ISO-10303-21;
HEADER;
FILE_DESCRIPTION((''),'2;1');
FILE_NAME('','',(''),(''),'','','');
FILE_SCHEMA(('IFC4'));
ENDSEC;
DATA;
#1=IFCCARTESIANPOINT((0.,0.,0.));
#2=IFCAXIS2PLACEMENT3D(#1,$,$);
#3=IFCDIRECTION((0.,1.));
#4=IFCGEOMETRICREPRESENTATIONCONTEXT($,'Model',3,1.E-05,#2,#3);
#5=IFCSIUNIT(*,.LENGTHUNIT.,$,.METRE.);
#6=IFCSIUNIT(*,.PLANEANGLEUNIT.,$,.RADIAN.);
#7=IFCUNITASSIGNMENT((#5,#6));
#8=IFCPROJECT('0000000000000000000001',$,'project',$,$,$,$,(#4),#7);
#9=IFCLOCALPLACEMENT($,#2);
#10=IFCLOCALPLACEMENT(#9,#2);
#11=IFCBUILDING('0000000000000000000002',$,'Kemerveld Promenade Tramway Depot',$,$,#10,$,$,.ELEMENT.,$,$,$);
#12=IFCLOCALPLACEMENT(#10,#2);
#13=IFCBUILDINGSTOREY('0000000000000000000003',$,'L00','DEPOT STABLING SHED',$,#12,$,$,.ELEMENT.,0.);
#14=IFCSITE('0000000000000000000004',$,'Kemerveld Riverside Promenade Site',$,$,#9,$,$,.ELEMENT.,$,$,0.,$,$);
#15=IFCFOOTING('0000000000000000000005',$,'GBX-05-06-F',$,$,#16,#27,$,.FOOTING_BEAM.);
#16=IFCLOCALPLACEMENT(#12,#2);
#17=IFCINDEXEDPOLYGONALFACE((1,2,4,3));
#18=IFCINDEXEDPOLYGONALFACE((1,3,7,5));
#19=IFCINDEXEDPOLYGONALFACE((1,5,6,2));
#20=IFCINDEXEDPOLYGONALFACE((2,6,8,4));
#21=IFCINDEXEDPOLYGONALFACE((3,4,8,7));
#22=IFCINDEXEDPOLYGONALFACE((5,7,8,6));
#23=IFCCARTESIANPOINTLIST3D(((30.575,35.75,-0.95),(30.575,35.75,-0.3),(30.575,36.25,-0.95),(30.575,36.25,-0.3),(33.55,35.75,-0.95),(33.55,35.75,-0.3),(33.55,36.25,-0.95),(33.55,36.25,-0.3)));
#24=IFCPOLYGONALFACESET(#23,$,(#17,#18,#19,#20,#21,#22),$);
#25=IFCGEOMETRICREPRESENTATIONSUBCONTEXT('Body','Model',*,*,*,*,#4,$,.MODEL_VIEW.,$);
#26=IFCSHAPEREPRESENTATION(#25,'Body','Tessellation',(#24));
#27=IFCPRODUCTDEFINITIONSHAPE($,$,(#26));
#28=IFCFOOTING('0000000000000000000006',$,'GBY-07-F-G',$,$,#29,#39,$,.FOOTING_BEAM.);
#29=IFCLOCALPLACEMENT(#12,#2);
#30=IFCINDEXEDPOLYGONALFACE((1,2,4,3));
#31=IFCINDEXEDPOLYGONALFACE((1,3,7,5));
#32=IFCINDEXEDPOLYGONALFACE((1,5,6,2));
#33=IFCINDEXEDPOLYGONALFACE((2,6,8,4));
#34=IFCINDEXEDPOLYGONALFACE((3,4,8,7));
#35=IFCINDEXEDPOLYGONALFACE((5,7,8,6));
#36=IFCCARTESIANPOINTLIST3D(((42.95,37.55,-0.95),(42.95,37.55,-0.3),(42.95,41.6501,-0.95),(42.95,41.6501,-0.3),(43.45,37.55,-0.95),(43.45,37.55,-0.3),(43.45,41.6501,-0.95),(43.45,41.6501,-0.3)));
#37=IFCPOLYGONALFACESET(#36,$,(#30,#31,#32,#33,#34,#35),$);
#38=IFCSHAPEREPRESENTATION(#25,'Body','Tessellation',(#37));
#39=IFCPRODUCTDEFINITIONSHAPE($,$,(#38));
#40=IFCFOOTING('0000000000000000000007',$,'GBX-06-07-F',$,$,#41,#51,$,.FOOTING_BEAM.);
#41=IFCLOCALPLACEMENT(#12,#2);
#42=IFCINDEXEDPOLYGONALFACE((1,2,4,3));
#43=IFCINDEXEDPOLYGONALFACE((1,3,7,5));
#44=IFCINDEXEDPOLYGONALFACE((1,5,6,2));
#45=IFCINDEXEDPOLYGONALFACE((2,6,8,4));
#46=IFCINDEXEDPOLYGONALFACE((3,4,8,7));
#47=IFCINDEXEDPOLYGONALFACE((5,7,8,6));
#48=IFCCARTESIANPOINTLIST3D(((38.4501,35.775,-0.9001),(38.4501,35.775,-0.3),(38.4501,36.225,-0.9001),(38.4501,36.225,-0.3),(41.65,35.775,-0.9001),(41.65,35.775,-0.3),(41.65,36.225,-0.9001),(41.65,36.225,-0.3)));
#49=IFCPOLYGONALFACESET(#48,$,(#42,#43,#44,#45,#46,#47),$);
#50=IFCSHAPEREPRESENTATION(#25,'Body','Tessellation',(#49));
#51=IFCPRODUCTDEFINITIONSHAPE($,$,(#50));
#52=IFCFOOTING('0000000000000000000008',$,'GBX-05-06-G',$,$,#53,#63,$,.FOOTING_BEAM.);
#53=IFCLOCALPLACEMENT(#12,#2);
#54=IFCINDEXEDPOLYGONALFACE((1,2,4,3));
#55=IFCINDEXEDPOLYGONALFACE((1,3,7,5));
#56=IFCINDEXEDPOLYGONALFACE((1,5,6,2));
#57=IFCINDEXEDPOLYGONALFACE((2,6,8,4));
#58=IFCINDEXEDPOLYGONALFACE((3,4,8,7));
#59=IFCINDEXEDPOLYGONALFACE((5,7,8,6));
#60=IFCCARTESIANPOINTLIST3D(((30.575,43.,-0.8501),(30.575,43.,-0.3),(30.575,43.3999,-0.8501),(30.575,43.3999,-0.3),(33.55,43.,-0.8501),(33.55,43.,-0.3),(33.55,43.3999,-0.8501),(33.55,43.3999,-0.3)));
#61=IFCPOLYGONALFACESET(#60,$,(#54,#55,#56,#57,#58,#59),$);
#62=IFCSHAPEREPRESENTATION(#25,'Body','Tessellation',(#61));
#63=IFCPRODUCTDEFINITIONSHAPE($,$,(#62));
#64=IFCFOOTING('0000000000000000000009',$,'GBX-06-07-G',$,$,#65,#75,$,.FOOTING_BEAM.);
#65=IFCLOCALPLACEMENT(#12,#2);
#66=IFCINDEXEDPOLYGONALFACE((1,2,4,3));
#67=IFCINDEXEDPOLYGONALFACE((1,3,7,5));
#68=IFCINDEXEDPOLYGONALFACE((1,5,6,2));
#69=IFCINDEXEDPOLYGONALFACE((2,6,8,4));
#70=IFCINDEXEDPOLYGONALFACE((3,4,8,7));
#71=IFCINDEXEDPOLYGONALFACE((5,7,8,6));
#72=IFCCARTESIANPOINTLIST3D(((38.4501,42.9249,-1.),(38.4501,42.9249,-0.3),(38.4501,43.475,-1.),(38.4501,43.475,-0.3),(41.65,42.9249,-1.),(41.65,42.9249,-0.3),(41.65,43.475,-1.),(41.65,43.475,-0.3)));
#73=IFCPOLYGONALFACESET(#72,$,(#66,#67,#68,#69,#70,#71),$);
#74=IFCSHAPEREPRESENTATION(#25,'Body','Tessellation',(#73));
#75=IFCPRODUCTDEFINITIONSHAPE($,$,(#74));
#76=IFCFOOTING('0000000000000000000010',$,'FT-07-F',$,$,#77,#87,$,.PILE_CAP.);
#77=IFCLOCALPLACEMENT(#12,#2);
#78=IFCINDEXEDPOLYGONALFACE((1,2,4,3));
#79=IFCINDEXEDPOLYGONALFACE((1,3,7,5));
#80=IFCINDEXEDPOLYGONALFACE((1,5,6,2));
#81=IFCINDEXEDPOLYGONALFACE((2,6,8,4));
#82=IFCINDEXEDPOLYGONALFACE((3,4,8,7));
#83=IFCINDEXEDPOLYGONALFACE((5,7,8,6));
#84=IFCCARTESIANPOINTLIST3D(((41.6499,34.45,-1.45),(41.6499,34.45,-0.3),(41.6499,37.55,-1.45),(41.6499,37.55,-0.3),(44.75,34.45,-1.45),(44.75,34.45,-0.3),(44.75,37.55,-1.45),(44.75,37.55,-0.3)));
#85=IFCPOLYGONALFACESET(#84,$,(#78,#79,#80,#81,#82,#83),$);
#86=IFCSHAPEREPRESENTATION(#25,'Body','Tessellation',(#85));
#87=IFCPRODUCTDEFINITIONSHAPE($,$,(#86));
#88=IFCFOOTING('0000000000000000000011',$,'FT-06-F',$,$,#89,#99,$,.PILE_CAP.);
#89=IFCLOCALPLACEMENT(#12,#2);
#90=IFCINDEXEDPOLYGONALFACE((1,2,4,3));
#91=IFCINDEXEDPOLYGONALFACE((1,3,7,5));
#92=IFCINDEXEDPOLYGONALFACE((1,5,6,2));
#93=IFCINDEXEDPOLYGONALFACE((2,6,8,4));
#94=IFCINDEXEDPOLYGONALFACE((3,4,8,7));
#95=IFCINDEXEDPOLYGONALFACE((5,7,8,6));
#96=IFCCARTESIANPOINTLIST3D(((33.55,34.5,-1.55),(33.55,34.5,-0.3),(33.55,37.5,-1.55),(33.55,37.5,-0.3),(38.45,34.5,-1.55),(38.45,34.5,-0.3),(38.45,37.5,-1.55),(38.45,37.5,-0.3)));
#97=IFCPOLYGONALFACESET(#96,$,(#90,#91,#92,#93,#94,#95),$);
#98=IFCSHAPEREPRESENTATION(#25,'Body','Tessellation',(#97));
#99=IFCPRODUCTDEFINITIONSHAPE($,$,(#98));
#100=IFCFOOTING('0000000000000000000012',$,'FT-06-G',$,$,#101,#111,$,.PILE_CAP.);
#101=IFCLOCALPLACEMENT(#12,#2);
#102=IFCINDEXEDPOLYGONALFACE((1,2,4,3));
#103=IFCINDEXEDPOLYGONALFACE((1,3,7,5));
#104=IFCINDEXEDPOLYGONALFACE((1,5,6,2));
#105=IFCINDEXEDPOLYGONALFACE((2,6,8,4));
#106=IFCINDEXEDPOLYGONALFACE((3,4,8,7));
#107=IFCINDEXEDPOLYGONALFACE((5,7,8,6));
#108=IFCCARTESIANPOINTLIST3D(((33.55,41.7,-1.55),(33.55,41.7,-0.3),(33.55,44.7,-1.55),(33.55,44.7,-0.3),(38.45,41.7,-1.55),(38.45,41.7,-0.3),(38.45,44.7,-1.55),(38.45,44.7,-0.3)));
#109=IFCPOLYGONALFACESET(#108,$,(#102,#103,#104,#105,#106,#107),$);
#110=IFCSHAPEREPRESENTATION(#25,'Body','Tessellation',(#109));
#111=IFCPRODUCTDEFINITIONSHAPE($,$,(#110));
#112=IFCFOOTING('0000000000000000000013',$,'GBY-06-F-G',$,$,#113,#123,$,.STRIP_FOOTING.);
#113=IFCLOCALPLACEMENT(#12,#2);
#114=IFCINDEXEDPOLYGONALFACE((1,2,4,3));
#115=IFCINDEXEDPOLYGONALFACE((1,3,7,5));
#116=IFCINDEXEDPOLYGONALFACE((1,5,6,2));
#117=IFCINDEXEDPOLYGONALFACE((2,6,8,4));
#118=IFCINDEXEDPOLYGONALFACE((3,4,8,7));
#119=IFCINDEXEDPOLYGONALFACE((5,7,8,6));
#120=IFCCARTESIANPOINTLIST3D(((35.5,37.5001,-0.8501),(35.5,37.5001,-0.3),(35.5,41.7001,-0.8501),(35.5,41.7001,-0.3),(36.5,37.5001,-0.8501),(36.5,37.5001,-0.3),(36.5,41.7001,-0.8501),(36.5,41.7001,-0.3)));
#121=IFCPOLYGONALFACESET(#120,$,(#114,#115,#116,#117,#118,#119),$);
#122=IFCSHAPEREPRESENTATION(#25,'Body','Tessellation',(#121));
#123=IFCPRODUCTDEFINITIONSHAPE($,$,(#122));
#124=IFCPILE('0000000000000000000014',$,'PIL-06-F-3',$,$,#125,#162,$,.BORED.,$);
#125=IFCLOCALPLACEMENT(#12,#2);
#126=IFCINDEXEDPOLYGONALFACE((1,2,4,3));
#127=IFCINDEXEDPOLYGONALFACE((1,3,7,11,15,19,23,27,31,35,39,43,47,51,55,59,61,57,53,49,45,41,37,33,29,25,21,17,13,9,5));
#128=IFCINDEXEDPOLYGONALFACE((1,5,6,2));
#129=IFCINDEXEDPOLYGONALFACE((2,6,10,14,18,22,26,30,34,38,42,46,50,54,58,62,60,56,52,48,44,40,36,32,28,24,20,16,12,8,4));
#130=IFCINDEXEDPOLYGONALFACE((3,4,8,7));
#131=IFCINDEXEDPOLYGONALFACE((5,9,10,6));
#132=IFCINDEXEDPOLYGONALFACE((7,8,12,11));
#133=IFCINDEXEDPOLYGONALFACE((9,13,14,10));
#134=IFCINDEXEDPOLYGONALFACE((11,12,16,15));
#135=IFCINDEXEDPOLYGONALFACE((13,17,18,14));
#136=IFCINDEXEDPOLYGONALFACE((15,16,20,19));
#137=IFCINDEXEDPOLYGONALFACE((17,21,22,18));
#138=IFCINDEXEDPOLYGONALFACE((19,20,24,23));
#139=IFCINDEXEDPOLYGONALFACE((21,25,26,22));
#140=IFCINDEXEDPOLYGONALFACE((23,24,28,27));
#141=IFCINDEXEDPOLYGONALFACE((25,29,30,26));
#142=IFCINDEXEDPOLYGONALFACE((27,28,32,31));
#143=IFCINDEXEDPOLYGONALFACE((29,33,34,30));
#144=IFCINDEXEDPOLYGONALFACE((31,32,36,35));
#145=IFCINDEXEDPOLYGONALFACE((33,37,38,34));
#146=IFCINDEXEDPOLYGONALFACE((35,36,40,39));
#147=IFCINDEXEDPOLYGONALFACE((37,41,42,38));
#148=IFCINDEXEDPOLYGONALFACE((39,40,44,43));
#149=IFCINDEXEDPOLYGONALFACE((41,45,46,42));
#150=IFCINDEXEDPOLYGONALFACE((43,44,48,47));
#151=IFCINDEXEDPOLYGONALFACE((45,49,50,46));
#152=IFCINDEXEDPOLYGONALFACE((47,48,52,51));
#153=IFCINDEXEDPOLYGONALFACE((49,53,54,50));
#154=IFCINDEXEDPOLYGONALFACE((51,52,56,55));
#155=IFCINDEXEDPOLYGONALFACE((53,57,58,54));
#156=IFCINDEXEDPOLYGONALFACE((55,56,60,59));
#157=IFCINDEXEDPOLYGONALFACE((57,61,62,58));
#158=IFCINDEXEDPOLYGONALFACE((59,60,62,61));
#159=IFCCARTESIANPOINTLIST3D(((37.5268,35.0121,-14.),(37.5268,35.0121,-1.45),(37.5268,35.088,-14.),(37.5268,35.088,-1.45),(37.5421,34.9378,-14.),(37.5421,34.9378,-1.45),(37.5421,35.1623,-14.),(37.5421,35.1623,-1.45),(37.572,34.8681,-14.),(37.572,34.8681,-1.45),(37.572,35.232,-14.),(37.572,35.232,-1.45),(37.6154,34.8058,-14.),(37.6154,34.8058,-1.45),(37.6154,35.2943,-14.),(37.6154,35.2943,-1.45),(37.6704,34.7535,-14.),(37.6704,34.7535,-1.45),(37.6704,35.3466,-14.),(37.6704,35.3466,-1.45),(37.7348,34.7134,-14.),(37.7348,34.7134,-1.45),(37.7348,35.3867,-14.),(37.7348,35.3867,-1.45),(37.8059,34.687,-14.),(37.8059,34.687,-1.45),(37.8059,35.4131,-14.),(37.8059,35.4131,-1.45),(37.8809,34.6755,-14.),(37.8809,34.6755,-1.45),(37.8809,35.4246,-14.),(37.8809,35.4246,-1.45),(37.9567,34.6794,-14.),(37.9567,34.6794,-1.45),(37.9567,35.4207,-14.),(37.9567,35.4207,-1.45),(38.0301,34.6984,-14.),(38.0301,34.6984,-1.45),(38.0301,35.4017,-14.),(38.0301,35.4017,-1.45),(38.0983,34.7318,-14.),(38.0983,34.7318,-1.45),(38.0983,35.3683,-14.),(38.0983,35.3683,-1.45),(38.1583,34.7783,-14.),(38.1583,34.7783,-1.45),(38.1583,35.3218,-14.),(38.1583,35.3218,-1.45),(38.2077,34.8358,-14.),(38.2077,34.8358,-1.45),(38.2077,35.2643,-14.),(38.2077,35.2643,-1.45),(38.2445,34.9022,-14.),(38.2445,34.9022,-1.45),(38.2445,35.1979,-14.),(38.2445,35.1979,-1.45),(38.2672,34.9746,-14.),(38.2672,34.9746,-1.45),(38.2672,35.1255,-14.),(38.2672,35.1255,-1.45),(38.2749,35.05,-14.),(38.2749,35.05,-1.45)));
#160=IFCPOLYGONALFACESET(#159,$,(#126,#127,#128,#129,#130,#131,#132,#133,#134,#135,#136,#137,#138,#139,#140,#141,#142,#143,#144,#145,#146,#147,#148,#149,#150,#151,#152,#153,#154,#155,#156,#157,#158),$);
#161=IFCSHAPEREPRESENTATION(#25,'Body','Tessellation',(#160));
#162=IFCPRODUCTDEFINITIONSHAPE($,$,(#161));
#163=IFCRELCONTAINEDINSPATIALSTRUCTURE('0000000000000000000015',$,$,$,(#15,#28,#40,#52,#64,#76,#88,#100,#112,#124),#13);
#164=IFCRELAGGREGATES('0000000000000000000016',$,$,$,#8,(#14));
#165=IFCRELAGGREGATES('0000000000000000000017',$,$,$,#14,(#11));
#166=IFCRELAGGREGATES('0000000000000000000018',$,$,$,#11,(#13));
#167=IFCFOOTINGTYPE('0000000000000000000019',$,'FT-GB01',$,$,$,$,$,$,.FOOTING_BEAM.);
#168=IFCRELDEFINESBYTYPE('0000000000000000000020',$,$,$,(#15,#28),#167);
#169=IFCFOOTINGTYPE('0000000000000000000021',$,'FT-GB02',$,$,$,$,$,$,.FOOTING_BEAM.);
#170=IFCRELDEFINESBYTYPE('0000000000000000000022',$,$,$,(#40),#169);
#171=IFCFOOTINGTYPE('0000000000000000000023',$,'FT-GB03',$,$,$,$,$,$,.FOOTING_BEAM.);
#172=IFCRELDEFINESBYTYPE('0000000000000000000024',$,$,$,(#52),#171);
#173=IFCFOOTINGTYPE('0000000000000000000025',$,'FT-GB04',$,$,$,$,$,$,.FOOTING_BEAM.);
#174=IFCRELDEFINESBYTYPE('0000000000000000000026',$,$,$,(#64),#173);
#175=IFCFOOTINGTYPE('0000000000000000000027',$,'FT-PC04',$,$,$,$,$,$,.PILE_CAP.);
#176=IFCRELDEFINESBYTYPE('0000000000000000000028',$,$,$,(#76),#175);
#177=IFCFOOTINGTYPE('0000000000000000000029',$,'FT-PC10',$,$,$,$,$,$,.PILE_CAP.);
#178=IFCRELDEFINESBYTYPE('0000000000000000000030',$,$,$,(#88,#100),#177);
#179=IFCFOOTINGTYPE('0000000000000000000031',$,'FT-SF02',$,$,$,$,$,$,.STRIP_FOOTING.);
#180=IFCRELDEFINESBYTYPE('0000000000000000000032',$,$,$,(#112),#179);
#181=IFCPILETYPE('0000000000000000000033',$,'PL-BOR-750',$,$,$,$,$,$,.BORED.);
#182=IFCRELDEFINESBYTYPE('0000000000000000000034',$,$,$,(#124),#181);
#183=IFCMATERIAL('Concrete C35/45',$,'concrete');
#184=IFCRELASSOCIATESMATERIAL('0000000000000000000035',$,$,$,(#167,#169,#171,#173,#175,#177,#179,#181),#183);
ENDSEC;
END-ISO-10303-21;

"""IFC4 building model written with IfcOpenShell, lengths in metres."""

from ifc_helpers import new_model, si_unit, direction, frame, origin, origin_2d, place, context, subcontext, project, spatial, rectangle, circle, extrude, material, material_profile, profile_set, type_object, element, save


model = new_model("IFC4")

# Units and contexts
model_context = context("Model", 3, precision=1e-05, world=origin(), true_north=direction((0.0, 1.0)))
body_context = subcontext(model_context, "Body", "Model", "MODEL_VIEW")
ifc_project = project(units=[si_unit("LENGTHUNIT", "METRE"), si_unit("PLANEANGLEUNIT", "RADIAN")], contexts=[model_context])

# Site, building, storey
site_placement = place(None, origin())
site = spatial("IfcSite", under=ifc_project, at=site_placement, Name="Kemerveld Riverside Promenade Site", CompositionType="ELEMENT", RefElevation=0.0)
building_placement = place(site_placement, origin())
building = spatial("IfcBuilding", under=site, at=building_placement, Name="Kemerveld Promenade Tramway Depot", CompositionType="ELEMENT")
storey_placement = place(building_placement, origin())
storey = spatial("IfcBuildingStorey", under=building, at=storey_placement, Name="L00", Description="DEPOT STABLING SHED", CompositionType="ELEMENT", Elevation=0.0)

# Footings
ifc_material_1 = material(Name="Concrete C35/45", Category="concrete")
footing_type_1 = type_object("IfcFootingType", Name="FT-GB01", PredefinedType="FOOTING_BEAM", material=ifc_material_1)
footing_1_placement = place(storey_placement, frame((32.0625, 36.0, -0.95), z_axis=(0.0, 0.0, 1.0), x_axis=(1.0, 0.0, 0.0)))
element("IfcFooting", 1, at=footing_1_placement, inside=storey, type_object=footing_type_1, Name="GBX-05-06-F", PredefinedType="FOOTING_BEAM", context=body_context, shape_type="SweptSolid", body=[
    extrude(rectangle(XDim=2.9751, YDim=0.5, at=origin_2d()), origin(), (0.0, 0.0, 1.0), 0.6499),
])
footing_2_placement = place(storey_placement, frame((43.2, 39.6001, -0.95), z_axis=(0.0, 0.0, 1.0), x_axis=(0.0, 1.0, 0.0)))
element("IfcFooting", 2, at=footing_2_placement, inside=storey, type_object=footing_type_1, Name="GBY-07-F-G", PredefinedType="FOOTING_BEAM", context=body_context, shape_type="SweptSolid", body=[
    extrude(rectangle(XDim=4.1001, YDim=0.5, at=origin_2d()), origin(), (0.0, 0.0, 1.0), 0.6499),
])
footing_type_2 = type_object("IfcFootingType", Name="FT-GB02", PredefinedType="FOOTING_BEAM", material=ifc_material_1)
footing_3_placement = place(storey_placement, frame((40.05, 36.0, -0.9001), z_axis=(0.0, 0.0, 1.0), x_axis=(1.0, 0.0, 0.0)))
element("IfcFooting", 3, at=footing_3_placement, inside=storey, type_object=footing_type_2, Name="GBX-06-07-F", PredefinedType="FOOTING_BEAM", context=body_context, shape_type="SweptSolid", body=[
    extrude(rectangle(XDim=3.2, YDim=0.45, at=origin_2d()), origin(), (0.0, 0.0, 1.0), 0.6001),
])
footing_type_3 = type_object("IfcFootingType", Name="FT-GB03", PredefinedType="FOOTING_BEAM", material=ifc_material_1)
footing_4_placement = place(storey_placement, frame((32.0625, 43.2, -0.8501), z_axis=(0.0, 0.0, 1.0), x_axis=(1.0, 0.0, 0.0)))
element("IfcFooting", 4, at=footing_4_placement, inside=storey, type_object=footing_type_3, Name="GBX-05-06-G", PredefinedType="FOOTING_BEAM", context=body_context, shape_type="SweptSolid", body=[
    extrude(rectangle(XDim=2.9751, YDim=0.3999, at=origin_2d()), origin(), (0.0, 0.0, 1.0), 0.55),
])
footing_type_4 = type_object("IfcFootingType", Name="FT-GB04", PredefinedType="FOOTING_BEAM", material=ifc_material_1)
footing_5_placement = place(storey_placement, frame((40.05, 43.2, -1.0), z_axis=(0.0, 0.0, 1.0), x_axis=(1.0, 0.0, 0.0)))
element("IfcFooting", 5, at=footing_5_placement, inside=storey, type_object=footing_type_4, Name="GBX-06-07-G", PredefinedType="FOOTING_BEAM", context=body_context, shape_type="SweptSolid", body=[
    extrude(rectangle(XDim=3.2, YDim=0.55, at=origin_2d()), origin(), (0.0, 0.0, 1.0), 0.7),
])
footing_type_5 = type_object("IfcFootingType", Name="FT-PC04", PredefinedType="PILE_CAP", material=ifc_material_1)
footing_6_placement = place(storey_placement, frame((43.2, 36.0, -1.45), z_axis=(0.0, 0.0, 1.0), x_axis=(1.0, 0.0, 0.0)))
element("IfcFooting", 6, at=footing_6_placement, inside=storey, type_object=footing_type_5, Name="FT-07-F", PredefinedType="PILE_CAP", context=body_context, shape_type="SweptSolid", body=[
    extrude(rectangle(XDim=3.1001, YDim=3.1001, at=origin_2d()), origin(), (0.0, 0.0, 1.0), 1.1499),
])
footing_type_6 = type_object("IfcFootingType", Name="FT-PC10", PredefinedType="PILE_CAP", material=ifc_material_1)
for number, where, z_axis, x_axis, name in (
    (7, (36.0, 36.0, -1.55), (0.0, 0.0, 1.0), (1.0, 0.0, 0.0), "FT-06-F"),
    (8, (36.0, 43.2, -1.55), (0.0, 0.0, 1.0), (1.0, 0.0, 0.0), "FT-06-G"),
):
    element("IfcFooting", number, at=place(storey_placement, frame(where, z_axis=z_axis, x_axis=x_axis)), inside=storey, type_object=footing_type_6, Name=name, PredefinedType="PILE_CAP", context=body_context, shape_type="SweptSolid", body=[
        extrude(rectangle(XDim=4.8999, YDim=3.0, at=origin_2d()), origin(), (0.0, 0.0, 1.0), 1.25),
    ])
footing_type_7 = type_object("IfcFootingType", Name="FT-SF02", PredefinedType="STRIP_FOOTING", material=ifc_material_1)
footing_7_placement = place(storey_placement, frame((36.0, 39.6001, -0.8501), z_axis=(0.0, 0.0, 1.0), x_axis=(0.0, 1.0, 0.0)))
element("IfcFooting", 9, at=footing_7_placement, inside=storey, type_object=footing_type_7, Name="GBY-06-F-G", PredefinedType="STRIP_FOOTING", context=body_context, shape_type="SweptSolid", body=[
    extrude(rectangle(XDim=4.2, YDim=1.0, at=origin_2d()), origin(), (0.0, 0.0, 1.0), 0.55),
])

# Pile
ifc_material_profile_1 = material_profile(ifc_material_1, circle(Radius=0.375, at=origin_2d()), Name="PILE-D750")
ifc_profile_set_1 = profile_set([ifc_material_profile_1], Name="Concrete C35/45")
pile_type = type_object("IfcPileType", Name="PL-BOR-750", PredefinedType="BORED", material=ifc_profile_set_1)
for number, where, z_axis, x_axis, name in (
    (10, (37.8999, 35.05, -1.45), (0.0, 0.0, -1.0), (1.0, 0.0, 0.0), "PIL-06-F-3"),
):
    element("IfcPile", number, at=place(storey_placement, frame(where, z_axis=z_axis, x_axis=x_axis)), inside=storey, type_object=pile_type, Name=name, PredefinedType="BORED", context=body_context, shape_type="SweptSolid", body=[
        extrude(circle(Radius=0.375, at=origin_2d()), origin(), (0.0, 0.0, 1.0), 12.55),
    ])

save(model, "model.ifc")
